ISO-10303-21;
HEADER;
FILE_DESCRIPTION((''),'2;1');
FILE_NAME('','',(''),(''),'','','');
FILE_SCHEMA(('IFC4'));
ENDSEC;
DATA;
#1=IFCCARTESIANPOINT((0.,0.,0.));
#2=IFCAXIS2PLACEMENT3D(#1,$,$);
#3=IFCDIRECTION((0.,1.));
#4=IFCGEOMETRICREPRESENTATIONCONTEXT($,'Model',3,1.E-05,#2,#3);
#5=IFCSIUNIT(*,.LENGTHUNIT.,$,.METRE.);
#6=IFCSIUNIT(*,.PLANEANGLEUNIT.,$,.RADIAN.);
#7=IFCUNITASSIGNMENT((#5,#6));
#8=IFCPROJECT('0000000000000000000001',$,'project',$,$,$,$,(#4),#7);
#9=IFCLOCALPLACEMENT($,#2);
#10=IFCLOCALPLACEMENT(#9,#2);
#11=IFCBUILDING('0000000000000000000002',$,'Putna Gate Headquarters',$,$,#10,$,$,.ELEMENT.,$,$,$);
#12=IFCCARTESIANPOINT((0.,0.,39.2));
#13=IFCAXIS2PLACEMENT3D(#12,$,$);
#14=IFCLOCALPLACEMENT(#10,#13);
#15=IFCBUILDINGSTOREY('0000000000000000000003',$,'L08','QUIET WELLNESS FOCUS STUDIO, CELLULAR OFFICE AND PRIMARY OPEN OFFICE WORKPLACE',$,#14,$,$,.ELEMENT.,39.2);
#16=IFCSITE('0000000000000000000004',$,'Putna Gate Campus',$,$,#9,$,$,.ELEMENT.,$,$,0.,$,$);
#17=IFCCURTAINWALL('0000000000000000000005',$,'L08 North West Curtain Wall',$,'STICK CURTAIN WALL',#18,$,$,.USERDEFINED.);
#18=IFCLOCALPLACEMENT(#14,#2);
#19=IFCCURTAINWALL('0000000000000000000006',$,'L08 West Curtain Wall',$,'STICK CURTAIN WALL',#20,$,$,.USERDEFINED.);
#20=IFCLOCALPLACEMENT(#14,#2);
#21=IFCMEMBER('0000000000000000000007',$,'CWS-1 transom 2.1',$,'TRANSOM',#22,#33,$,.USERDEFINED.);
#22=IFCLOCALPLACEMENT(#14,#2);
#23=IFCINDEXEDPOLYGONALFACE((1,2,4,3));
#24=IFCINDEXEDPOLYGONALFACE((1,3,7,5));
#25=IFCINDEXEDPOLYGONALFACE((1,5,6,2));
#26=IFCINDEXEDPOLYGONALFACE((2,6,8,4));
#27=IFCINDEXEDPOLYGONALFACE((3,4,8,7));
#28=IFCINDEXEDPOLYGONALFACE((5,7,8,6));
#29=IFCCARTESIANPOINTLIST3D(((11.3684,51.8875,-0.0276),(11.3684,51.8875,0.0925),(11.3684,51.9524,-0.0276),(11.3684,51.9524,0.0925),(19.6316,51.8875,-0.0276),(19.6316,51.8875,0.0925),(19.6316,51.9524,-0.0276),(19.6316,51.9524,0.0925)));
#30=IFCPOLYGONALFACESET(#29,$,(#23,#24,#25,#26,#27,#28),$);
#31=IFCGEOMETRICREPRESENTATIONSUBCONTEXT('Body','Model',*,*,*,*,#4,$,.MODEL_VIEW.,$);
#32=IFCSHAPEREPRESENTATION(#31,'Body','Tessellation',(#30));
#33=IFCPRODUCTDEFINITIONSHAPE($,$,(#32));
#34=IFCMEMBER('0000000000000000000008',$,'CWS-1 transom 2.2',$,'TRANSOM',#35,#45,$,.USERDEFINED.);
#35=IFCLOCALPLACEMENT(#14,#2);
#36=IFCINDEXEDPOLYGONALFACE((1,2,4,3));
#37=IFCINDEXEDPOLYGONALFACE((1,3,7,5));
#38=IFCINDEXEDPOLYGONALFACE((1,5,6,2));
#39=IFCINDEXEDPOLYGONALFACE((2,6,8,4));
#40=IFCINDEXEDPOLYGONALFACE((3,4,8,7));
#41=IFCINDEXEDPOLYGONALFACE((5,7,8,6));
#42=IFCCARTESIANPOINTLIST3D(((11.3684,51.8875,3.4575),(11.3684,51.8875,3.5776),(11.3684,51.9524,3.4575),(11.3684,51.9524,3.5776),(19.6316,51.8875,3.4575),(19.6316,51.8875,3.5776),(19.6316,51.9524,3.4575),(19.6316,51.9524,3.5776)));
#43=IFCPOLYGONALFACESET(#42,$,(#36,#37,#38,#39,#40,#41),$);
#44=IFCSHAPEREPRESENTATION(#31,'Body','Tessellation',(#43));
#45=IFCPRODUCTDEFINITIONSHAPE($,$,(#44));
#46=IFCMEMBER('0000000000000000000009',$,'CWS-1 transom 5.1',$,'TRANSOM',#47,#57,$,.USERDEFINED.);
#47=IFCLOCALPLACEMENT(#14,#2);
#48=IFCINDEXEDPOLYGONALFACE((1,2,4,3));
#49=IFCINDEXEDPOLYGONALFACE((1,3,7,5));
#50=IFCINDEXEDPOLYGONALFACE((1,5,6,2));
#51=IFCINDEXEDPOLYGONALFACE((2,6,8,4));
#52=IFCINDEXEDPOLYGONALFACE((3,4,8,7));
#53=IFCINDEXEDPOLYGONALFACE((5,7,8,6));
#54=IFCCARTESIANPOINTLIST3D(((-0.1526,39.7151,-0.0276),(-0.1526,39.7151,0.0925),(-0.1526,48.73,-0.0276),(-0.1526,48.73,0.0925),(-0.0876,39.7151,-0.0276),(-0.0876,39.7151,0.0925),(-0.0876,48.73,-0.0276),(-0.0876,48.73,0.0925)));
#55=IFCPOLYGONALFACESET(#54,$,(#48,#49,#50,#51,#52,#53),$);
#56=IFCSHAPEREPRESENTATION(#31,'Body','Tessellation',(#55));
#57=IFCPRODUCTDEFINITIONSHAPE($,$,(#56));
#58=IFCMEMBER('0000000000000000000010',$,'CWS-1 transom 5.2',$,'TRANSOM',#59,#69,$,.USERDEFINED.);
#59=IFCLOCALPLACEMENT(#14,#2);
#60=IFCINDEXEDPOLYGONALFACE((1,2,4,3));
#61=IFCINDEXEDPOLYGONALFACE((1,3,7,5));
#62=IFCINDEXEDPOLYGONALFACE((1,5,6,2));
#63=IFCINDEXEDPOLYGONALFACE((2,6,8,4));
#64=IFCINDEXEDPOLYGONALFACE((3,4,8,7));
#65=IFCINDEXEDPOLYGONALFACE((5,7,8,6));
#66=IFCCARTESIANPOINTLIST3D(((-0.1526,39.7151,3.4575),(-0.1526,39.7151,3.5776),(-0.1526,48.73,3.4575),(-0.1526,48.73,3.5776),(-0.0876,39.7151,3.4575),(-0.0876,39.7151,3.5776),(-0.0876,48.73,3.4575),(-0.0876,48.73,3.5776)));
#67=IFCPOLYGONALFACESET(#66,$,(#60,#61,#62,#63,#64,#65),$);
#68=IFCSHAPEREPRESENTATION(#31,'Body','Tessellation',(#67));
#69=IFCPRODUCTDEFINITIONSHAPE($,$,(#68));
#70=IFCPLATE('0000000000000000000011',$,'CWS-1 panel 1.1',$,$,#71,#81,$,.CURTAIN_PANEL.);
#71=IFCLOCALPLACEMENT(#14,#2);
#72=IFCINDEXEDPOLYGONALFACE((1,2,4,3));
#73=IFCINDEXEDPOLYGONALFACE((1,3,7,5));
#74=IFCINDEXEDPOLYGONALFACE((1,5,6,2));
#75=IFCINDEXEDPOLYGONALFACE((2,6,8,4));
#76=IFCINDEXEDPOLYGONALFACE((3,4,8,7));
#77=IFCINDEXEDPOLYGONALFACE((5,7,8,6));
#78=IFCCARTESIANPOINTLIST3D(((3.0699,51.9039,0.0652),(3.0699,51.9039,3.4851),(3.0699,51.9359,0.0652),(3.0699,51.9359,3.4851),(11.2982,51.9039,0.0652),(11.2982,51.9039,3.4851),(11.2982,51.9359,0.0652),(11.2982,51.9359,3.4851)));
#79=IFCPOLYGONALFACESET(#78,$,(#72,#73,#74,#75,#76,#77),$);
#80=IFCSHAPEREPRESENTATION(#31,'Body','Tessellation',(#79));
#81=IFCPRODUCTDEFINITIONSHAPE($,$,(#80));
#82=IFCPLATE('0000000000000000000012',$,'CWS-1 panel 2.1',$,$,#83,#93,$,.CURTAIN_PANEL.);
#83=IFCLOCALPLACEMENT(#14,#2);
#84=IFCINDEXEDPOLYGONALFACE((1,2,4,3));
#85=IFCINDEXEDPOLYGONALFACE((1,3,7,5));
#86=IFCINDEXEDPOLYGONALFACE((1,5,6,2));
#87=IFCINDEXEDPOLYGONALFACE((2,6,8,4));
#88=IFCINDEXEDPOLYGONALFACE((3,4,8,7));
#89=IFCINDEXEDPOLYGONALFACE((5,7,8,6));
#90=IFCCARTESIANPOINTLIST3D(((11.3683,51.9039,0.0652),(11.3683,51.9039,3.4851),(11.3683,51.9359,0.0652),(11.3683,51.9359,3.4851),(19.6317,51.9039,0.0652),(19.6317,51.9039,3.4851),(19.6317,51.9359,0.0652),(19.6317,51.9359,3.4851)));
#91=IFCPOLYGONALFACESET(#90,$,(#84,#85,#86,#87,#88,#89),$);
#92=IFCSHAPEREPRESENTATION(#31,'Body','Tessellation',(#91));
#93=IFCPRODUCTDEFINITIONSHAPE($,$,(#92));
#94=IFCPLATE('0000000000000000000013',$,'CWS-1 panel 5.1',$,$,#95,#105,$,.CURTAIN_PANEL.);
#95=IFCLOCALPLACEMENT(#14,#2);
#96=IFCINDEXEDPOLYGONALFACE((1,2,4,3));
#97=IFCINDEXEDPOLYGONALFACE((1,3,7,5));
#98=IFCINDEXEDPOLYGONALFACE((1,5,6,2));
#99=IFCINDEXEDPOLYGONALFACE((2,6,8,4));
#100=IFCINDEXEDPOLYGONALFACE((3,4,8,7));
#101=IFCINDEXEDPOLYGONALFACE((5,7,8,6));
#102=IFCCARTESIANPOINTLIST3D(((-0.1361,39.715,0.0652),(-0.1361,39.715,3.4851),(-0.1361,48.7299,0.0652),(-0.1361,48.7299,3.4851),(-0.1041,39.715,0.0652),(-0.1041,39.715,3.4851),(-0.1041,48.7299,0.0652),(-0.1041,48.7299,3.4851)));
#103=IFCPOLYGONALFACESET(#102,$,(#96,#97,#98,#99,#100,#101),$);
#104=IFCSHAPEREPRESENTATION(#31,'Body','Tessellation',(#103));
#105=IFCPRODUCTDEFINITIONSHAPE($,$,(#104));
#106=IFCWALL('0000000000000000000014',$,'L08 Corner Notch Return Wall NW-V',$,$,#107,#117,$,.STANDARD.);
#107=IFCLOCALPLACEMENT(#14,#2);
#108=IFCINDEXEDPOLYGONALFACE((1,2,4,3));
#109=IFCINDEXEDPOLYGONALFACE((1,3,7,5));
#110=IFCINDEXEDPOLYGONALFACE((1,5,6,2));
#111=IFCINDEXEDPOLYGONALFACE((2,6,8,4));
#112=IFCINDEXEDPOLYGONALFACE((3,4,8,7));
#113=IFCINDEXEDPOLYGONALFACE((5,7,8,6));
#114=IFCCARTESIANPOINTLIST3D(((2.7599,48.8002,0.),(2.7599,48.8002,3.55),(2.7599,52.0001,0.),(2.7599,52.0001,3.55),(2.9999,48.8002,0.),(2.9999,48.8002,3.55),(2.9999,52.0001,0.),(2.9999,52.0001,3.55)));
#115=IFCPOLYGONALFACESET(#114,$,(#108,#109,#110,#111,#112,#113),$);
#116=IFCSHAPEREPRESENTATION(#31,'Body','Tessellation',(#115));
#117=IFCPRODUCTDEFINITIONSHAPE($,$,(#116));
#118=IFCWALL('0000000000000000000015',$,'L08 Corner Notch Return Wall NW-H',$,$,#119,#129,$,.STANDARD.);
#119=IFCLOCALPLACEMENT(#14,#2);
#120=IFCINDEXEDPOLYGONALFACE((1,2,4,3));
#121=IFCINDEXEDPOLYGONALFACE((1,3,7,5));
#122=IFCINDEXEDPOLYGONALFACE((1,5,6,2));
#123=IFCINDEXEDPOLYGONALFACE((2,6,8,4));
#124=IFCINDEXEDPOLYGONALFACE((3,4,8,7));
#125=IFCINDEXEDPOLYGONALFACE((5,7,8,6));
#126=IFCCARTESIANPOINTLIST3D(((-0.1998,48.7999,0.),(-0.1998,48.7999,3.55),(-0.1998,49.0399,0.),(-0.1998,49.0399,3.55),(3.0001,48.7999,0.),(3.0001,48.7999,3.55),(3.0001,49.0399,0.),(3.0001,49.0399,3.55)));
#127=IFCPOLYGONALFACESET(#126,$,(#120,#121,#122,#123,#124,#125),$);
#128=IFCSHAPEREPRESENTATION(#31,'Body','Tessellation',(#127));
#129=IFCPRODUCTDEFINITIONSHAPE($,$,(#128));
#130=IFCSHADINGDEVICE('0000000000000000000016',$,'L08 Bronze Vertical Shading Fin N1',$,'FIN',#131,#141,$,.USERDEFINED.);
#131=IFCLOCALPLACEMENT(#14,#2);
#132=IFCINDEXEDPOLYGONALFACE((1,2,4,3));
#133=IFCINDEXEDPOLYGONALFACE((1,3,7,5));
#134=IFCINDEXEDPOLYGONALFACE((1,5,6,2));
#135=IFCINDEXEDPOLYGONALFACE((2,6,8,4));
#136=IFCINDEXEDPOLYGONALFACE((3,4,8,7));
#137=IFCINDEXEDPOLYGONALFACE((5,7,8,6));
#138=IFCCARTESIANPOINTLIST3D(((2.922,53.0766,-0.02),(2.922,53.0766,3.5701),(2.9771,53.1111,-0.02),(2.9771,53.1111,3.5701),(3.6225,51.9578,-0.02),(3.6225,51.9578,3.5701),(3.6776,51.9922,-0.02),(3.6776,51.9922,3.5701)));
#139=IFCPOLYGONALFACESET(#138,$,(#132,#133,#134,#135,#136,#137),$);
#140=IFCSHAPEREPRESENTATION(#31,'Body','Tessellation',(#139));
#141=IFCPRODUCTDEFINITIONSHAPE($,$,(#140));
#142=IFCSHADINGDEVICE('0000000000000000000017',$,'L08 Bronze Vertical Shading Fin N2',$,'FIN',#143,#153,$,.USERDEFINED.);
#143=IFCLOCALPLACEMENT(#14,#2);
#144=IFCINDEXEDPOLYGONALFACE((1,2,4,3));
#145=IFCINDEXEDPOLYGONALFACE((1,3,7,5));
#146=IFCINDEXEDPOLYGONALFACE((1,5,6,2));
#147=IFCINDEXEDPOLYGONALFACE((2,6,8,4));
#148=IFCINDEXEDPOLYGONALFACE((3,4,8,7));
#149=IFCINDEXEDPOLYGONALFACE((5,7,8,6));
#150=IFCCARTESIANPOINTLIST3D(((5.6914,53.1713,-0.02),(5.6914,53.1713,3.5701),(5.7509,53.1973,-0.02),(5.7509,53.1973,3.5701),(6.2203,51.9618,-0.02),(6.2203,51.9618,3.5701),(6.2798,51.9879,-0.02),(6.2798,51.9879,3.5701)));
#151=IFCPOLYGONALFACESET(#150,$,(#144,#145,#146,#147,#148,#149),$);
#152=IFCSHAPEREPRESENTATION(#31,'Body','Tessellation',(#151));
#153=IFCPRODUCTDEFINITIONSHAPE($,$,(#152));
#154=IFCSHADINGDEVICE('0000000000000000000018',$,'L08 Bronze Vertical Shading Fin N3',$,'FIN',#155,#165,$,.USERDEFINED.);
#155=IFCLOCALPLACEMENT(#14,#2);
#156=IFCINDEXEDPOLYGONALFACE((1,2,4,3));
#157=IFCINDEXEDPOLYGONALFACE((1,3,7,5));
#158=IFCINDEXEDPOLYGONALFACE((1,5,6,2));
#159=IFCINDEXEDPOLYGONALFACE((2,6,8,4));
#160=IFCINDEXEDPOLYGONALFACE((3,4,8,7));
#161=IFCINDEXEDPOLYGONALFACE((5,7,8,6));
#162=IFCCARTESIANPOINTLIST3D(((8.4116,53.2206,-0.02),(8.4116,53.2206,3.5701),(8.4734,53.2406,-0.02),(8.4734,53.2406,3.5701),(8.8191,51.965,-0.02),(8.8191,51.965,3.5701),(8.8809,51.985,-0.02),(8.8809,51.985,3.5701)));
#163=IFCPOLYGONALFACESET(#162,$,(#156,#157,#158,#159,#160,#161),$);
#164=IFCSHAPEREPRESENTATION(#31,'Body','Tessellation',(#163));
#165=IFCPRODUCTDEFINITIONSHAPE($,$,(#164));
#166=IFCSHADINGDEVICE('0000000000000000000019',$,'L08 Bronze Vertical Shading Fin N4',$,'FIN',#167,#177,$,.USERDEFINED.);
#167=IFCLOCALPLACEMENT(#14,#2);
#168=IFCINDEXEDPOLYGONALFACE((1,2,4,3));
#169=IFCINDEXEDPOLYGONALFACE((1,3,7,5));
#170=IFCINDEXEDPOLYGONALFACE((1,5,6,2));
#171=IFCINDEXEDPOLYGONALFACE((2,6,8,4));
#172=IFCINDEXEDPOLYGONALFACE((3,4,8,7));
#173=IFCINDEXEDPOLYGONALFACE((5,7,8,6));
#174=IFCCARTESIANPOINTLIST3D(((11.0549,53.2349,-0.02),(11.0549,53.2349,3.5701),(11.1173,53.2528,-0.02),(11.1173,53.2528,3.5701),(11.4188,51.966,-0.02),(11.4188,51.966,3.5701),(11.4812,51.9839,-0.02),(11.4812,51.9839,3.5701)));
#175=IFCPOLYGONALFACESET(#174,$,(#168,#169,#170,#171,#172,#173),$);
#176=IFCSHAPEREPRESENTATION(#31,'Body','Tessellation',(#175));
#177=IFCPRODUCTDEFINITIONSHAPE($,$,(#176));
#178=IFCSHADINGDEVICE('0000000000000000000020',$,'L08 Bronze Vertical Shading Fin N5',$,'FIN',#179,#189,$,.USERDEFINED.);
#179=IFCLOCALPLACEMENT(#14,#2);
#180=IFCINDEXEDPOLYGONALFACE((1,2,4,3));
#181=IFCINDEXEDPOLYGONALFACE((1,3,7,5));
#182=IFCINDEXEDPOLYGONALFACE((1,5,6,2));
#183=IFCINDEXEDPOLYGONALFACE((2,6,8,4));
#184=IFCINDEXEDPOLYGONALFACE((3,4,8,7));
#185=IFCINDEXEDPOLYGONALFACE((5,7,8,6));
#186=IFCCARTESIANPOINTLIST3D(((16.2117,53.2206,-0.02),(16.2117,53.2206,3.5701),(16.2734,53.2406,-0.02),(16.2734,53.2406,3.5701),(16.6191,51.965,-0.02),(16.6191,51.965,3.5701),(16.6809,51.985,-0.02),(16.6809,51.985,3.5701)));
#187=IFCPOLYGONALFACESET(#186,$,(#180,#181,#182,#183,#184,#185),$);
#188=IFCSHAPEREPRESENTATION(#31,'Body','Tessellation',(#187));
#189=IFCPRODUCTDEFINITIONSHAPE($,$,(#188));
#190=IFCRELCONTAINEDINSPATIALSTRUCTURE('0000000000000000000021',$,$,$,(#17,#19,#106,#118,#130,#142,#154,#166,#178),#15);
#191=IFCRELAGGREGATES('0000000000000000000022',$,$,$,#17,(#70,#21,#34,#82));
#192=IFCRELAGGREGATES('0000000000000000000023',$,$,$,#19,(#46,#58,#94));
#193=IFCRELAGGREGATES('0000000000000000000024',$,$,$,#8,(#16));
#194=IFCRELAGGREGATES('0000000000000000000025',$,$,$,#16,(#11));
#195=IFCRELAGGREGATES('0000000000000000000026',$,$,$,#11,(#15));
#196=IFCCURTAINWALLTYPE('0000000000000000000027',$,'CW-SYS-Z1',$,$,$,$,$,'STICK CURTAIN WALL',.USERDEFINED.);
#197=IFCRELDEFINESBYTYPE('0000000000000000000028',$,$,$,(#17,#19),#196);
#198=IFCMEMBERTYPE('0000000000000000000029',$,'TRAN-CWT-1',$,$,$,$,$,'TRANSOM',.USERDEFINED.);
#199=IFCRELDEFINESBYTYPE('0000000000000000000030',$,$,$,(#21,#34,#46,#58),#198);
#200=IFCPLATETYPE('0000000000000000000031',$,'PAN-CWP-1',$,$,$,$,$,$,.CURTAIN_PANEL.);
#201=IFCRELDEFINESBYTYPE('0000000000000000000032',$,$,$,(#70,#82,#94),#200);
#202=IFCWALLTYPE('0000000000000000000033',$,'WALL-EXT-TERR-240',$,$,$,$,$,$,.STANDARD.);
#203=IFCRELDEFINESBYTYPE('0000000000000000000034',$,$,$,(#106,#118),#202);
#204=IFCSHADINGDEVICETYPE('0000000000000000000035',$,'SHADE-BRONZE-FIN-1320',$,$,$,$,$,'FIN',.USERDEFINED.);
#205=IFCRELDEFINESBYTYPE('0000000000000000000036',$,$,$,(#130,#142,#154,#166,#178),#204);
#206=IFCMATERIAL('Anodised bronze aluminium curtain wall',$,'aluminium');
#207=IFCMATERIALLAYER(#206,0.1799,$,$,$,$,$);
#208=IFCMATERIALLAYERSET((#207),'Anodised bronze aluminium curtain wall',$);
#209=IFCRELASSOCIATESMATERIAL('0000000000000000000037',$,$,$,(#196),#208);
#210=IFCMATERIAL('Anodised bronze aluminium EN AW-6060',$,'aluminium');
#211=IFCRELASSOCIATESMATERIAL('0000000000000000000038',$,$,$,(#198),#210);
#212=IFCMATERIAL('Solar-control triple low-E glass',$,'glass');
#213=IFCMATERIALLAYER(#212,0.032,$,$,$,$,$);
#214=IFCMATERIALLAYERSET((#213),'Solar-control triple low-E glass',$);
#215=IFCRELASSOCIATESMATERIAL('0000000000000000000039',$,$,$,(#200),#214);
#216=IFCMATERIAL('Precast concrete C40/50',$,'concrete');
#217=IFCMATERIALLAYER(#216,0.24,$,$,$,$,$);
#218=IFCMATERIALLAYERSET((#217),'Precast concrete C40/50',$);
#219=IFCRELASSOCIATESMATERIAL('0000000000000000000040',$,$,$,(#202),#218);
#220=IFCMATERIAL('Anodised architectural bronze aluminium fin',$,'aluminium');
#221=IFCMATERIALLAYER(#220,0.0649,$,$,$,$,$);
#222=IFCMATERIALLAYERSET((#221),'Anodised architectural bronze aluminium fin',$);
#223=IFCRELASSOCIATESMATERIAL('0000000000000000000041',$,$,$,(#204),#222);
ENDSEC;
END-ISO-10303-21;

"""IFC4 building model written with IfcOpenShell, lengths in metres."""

from ifc_helpers import new_model, si_unit, direction, frame, frame_2d, origin, origin_2d, place, context, subcontext, project, spatial, rectangle, extrude, material, layer, layer_set, material_profile, profile_set, type_object, element, aggregate, save


model = new_model("IFC4")

# Units and contexts
model_context = context("Model", 3, precision=1e-05, world=origin(), true_north=direction((0.0, 1.0)))
body_context = subcontext(model_context, "Body", "Model", "MODEL_VIEW")
ifc_project = project(units=[si_unit("LENGTHUNIT", "METRE"), si_unit("PLANEANGLEUNIT", "RADIAN")], contexts=[model_context])

# Site, building, storey
site_placement = place(None, origin())
site = spatial("IfcSite", under=ifc_project, at=site_placement, Name="Putna Gate Campus", CompositionType="ELEMENT", RefElevation=0.0)
building_placement = place(site_placement, origin())
building = spatial("IfcBuilding", under=site, at=building_placement, Name="Putna Gate Headquarters", CompositionType="ELEMENT")
storey_placement = place(building_placement, frame((0.0, 0.0, 39.2)))
storey = spatial("IfcBuildingStorey", under=building, at=storey_placement, Name="L08", Description="QUIET WELLNESS FOCUS STUDIO, CELLULAR OFFICE AND PRIMARY OPEN OFFICE WORKPLACE", CompositionType="ELEMENT", Elevation=39.2)

# Curtain walls
ifc_material_1 = material(Name="Anodised bronze aluminium curtain wall", Category="aluminium")
ifc_layer_1 = layer(ifc_material_1, 0.1799)
ifc_layer_set_1 = layer_set([ifc_layer_1], Name="Anodised bronze aluminium curtain wall")
curtain_wall_type = type_object("IfcCurtainWallType", Name="CW-SYS-Z1", ElementType="STICK CURTAIN WALL", PredefinedType="USERDEFINED", material=ifc_layer_set_1)
curtain_wall_1_placement = place(storey_placement, origin())
curtain_wall_1 = element("IfcCurtainWall", 1, at=curtain_wall_1_placement, inside=storey, type_object=curtain_wall_type, Name="L08 North West Curtain Wall", ObjectType="STICK CURTAIN WALL", PredefinedType="USERDEFINED")
ifc_material_2 = material(Name="Anodised bronze aluminium EN AW-6060", Category="aluminium")
curtain_wall_2_placement = place(storey_placement, origin())
curtain_wall_2 = element("IfcCurtainWall", 2, at=curtain_wall_2_placement, inside=storey, type_object=curtain_wall_type, Name="L08 West Curtain Wall", ObjectType="STICK CURTAIN WALL", PredefinedType="USERDEFINED")

# Members
ifc_material_profile_1 = material_profile(ifc_material_2, rectangle(XDim=0.0649, YDim=0.1201, at=origin_2d()), Name="Anodised bronze aluminium EN AW-6060")
ifc_profile_set_1 = profile_set([ifc_material_profile_1], Name="Anodised bronze aluminium EN AW-6060")
member_type_1 = type_object("IfcMemberType", Name="TRAN-CWT-1", ElementType="TRANSOM", PredefinedType="USERDEFINED", material=ifc_profile_set_1)
member_1_placement = place(storey_placement, frame((11.3684, 51.9199, 0.0325), z_axis=(1.0, 0.0, 0.0), x_axis=(0.0, 1.0, 0.0)))
member_1 = element("IfcMember", 3, at=member_1_placement, type_object=member_type_1, Name="CWS-1 transom 2.1", ObjectType="TRANSOM", PredefinedType="USERDEFINED", context=body_context, shape_type="SweptSolid", body=[
    extrude(rectangle(XDim=0.0649, YDim=0.1201, at=origin_2d()), origin(), (0.0, 0.0, 1.0), 8.2632),
])
member_2_placement = place(storey_placement, frame((11.3684, 51.9199, 3.5176), z_axis=(1.0, 0.0, 0.0), x_axis=(0.0, 1.0, 0.0)))
member_2 = element("IfcMember", 4, at=member_2_placement, type_object=member_type_1, Name="CWS-1 transom 2.2", ObjectType="TRANSOM", PredefinedType="USERDEFINED", context=body_context, shape_type="SweptSolid", body=[
    extrude(rectangle(XDim=0.0649, YDim=0.1201, at=origin_2d()), origin(), (0.0, 0.0, 1.0), 8.2632),
])
member_3_placement = place(storey_placement, frame((-0.1201, 39.7151, 0.0325), z_axis=(0.0, 1.0, 0.0), x_axis=(-1.0, 0.0, 0.0)))
member_3 = element("IfcMember", 5, at=member_3_placement, type_object=member_type_1, Name="CWS-1 transom 5.1", ObjectType="TRANSOM", PredefinedType="USERDEFINED", context=body_context, shape_type="SweptSolid", body=[
    extrude(rectangle(XDim=0.0649, YDim=0.1201, at=origin_2d()), origin(), (0.0, 0.0, 1.0), 9.0149),
])
member_4_placement = place(storey_placement, frame((-0.1201, 39.7151, 3.5176), z_axis=(0.0, 1.0, 0.0), x_axis=(-1.0, 0.0, 0.0)))
member_4 = element("IfcMember", 6, at=member_4_placement, type_object=member_type_1, Name="CWS-1 transom 5.2", ObjectType="TRANSOM", PredefinedType="USERDEFINED", context=body_context, shape_type="SweptSolid", body=[
    extrude(rectangle(XDim=0.0649, YDim=0.1201, at=origin_2d()), origin(), (0.0, 0.0, 1.0), 9.0149),
])

# Plates
ifc_material_3 = material(Name="Solar-control triple low-E glass", Category="glass")
ifc_layer_2 = layer(ifc_material_3, 0.032)
ifc_layer_set_2 = layer_set([ifc_layer_2], Name="Solar-control triple low-E glass")
plate_type = type_object("IfcPlateType", Name="PAN-CWP-1", PredefinedType="CURTAIN_PANEL", material=ifc_layer_set_2)
plate_1_placement = place(storey_placement, frame((7.1841, 51.9199, 0.0652), z_axis=(0.0, 0.0, 1.0), x_axis=(1.0, 0.0, 0.0)))
plate_1 = element("IfcPlate", 7, at=plate_1_placement, type_object=plate_type, Name="CWS-1 panel 1.1", PredefinedType="CURTAIN_PANEL", context=body_context, shape_type="SweptSolid", body=[
    extrude(rectangle(XDim=8.2283, YDim=0.032, at=origin_2d()), origin(), (0.0, 0.0, 1.0), 3.4199),
])
plate_2_placement = place(storey_placement, frame((15.5, 51.9199, 0.0652), z_axis=(0.0, 0.0, 1.0), x_axis=(1.0, 0.0, 0.0)))
plate_2 = element("IfcPlate", 8, at=plate_2_placement, type_object=plate_type, Name="CWS-1 panel 2.1", PredefinedType="CURTAIN_PANEL", context=body_context, shape_type="SweptSolid", body=[
    extrude(rectangle(XDim=8.2634, YDim=0.032, at=origin_2d()), origin(), (0.0, 0.0, 1.0), 3.4199),
])
aggregate(curtain_wall_1, [plate_1, member_1, member_2, plate_2])
plate_3_placement = place(storey_placement, frame((-0.1201, 44.2224, 0.0652), z_axis=(0.0, 0.0, 1.0), x_axis=(0.0, 1.0, 0.0)))
plate_3 = element("IfcPlate", 9, at=plate_3_placement, type_object=plate_type, Name="CWS-1 panel 5.1", PredefinedType="CURTAIN_PANEL", context=body_context, shape_type="SweptSolid", body=[
    extrude(rectangle(XDim=9.0149, YDim=0.032, at=origin_2d()), origin(), (0.0, 0.0, 1.0), 3.4199),
])
aggregate(curtain_wall_2, [member_3, member_4, plate_3])

# Walls
ifc_material_4 = material(Name="Precast concrete C40/50", Category="concrete")
ifc_layer_3 = layer(ifc_material_4, 0.24)
ifc_layer_set_3 = layer_set([ifc_layer_3], Name="Precast concrete C40/50")
wall_type = type_object("IfcWallType", Name="WALL-EXT-TERR-240", PredefinedType="STANDARD", material=ifc_layer_set_3)
for number, where, z_axis, x_axis, name in (
    (10, (2.8799, 48.8, 0.0), (0.0, 0.0, 1.0), (0.0, 1.0, 0.0), "L08 Corner Notch Return Wall NW-V"),
    (11, (-0.2, 48.9199, 0.0), (0.0, 0.0, 1.0), (1.0, 0.0, 0.0), "L08 Corner Notch Return Wall NW-H"),
):
    element("IfcWall", number, at=place(storey_placement, frame(where, z_axis=z_axis, x_axis=x_axis)), inside=storey, type_object=wall_type, Name=name, PredefinedType="STANDARD", context=body_context, shape_type="SweptSolid", body=[
        extrude(rectangle(XDim=3.2, YDim=0.24, at=frame_2d((1.6001, 0.0))), origin(), (0.0, 0.0, 1.0), 3.55),
    ])

# Shading devices
ifc_material_5 = material(Name="Anodised architectural bronze aluminium fin", Category="aluminium")
ifc_layer_4 = layer(ifc_material_5, 0.0649)
ifc_layer_set_4 = layer_set([ifc_layer_4], Name="Anodised architectural bronze aluminium fin")
shading_device_type = type_object("IfcShadingDeviceType", Name="SHADE-BRONZE-FIN-1320", ElementType="FIN", PredefinedType="USERDEFINED", material=ifc_layer_set_4)
for number, where, z_axis, x_axis, name in (
    (12, (3.2998, 52.5344, -0.02), (0.0, 0.0, 1.0), (-0.530659, 0.847585, 0.0), "L08 Bronze Vertical Shading Fin N1"),
    (13, (5.9856, 52.5796, -0.02), (0.0, 0.0, 1.0), (-0.400669, 0.916223, 0.0), "L08 Bronze Vertical Shading Fin N2"),
    (14, (8.6462, 52.6028, -0.02), (0.0, 0.0, 1.0), (-0.308685, 0.951164, 0.0), "L08 Bronze Vertical Shading Fin N3"),
    (15, (11.2681, 52.6094, -0.02), (0.0, 0.0, 1.0), (-0.275637, 0.961262, 0.0), "L08 Bronze Vertical Shading Fin N4"),
    (16, (16.4463, 52.6028, -0.02), (0.0, 0.0, 1.0), (-0.308685, 0.951164, 0.0), "L08 Bronze Vertical Shading Fin N5"),
):
    element("IfcShadingDevice", number, at=place(storey_placement, frame(where, z_axis=z_axis, x_axis=x_axis)), inside=storey, type_object=shading_device_type, Name=name, ObjectType="FIN", PredefinedType="USERDEFINED", context=body_context, shape_type="SweptSolid", body=[
        extrude(rectangle(XDim=1.3201, YDim=0.0649, at=origin_2d()), origin(), (0.0, 0.0, 1.0), 3.5901),
    ])

save(model, "model.ifc")
